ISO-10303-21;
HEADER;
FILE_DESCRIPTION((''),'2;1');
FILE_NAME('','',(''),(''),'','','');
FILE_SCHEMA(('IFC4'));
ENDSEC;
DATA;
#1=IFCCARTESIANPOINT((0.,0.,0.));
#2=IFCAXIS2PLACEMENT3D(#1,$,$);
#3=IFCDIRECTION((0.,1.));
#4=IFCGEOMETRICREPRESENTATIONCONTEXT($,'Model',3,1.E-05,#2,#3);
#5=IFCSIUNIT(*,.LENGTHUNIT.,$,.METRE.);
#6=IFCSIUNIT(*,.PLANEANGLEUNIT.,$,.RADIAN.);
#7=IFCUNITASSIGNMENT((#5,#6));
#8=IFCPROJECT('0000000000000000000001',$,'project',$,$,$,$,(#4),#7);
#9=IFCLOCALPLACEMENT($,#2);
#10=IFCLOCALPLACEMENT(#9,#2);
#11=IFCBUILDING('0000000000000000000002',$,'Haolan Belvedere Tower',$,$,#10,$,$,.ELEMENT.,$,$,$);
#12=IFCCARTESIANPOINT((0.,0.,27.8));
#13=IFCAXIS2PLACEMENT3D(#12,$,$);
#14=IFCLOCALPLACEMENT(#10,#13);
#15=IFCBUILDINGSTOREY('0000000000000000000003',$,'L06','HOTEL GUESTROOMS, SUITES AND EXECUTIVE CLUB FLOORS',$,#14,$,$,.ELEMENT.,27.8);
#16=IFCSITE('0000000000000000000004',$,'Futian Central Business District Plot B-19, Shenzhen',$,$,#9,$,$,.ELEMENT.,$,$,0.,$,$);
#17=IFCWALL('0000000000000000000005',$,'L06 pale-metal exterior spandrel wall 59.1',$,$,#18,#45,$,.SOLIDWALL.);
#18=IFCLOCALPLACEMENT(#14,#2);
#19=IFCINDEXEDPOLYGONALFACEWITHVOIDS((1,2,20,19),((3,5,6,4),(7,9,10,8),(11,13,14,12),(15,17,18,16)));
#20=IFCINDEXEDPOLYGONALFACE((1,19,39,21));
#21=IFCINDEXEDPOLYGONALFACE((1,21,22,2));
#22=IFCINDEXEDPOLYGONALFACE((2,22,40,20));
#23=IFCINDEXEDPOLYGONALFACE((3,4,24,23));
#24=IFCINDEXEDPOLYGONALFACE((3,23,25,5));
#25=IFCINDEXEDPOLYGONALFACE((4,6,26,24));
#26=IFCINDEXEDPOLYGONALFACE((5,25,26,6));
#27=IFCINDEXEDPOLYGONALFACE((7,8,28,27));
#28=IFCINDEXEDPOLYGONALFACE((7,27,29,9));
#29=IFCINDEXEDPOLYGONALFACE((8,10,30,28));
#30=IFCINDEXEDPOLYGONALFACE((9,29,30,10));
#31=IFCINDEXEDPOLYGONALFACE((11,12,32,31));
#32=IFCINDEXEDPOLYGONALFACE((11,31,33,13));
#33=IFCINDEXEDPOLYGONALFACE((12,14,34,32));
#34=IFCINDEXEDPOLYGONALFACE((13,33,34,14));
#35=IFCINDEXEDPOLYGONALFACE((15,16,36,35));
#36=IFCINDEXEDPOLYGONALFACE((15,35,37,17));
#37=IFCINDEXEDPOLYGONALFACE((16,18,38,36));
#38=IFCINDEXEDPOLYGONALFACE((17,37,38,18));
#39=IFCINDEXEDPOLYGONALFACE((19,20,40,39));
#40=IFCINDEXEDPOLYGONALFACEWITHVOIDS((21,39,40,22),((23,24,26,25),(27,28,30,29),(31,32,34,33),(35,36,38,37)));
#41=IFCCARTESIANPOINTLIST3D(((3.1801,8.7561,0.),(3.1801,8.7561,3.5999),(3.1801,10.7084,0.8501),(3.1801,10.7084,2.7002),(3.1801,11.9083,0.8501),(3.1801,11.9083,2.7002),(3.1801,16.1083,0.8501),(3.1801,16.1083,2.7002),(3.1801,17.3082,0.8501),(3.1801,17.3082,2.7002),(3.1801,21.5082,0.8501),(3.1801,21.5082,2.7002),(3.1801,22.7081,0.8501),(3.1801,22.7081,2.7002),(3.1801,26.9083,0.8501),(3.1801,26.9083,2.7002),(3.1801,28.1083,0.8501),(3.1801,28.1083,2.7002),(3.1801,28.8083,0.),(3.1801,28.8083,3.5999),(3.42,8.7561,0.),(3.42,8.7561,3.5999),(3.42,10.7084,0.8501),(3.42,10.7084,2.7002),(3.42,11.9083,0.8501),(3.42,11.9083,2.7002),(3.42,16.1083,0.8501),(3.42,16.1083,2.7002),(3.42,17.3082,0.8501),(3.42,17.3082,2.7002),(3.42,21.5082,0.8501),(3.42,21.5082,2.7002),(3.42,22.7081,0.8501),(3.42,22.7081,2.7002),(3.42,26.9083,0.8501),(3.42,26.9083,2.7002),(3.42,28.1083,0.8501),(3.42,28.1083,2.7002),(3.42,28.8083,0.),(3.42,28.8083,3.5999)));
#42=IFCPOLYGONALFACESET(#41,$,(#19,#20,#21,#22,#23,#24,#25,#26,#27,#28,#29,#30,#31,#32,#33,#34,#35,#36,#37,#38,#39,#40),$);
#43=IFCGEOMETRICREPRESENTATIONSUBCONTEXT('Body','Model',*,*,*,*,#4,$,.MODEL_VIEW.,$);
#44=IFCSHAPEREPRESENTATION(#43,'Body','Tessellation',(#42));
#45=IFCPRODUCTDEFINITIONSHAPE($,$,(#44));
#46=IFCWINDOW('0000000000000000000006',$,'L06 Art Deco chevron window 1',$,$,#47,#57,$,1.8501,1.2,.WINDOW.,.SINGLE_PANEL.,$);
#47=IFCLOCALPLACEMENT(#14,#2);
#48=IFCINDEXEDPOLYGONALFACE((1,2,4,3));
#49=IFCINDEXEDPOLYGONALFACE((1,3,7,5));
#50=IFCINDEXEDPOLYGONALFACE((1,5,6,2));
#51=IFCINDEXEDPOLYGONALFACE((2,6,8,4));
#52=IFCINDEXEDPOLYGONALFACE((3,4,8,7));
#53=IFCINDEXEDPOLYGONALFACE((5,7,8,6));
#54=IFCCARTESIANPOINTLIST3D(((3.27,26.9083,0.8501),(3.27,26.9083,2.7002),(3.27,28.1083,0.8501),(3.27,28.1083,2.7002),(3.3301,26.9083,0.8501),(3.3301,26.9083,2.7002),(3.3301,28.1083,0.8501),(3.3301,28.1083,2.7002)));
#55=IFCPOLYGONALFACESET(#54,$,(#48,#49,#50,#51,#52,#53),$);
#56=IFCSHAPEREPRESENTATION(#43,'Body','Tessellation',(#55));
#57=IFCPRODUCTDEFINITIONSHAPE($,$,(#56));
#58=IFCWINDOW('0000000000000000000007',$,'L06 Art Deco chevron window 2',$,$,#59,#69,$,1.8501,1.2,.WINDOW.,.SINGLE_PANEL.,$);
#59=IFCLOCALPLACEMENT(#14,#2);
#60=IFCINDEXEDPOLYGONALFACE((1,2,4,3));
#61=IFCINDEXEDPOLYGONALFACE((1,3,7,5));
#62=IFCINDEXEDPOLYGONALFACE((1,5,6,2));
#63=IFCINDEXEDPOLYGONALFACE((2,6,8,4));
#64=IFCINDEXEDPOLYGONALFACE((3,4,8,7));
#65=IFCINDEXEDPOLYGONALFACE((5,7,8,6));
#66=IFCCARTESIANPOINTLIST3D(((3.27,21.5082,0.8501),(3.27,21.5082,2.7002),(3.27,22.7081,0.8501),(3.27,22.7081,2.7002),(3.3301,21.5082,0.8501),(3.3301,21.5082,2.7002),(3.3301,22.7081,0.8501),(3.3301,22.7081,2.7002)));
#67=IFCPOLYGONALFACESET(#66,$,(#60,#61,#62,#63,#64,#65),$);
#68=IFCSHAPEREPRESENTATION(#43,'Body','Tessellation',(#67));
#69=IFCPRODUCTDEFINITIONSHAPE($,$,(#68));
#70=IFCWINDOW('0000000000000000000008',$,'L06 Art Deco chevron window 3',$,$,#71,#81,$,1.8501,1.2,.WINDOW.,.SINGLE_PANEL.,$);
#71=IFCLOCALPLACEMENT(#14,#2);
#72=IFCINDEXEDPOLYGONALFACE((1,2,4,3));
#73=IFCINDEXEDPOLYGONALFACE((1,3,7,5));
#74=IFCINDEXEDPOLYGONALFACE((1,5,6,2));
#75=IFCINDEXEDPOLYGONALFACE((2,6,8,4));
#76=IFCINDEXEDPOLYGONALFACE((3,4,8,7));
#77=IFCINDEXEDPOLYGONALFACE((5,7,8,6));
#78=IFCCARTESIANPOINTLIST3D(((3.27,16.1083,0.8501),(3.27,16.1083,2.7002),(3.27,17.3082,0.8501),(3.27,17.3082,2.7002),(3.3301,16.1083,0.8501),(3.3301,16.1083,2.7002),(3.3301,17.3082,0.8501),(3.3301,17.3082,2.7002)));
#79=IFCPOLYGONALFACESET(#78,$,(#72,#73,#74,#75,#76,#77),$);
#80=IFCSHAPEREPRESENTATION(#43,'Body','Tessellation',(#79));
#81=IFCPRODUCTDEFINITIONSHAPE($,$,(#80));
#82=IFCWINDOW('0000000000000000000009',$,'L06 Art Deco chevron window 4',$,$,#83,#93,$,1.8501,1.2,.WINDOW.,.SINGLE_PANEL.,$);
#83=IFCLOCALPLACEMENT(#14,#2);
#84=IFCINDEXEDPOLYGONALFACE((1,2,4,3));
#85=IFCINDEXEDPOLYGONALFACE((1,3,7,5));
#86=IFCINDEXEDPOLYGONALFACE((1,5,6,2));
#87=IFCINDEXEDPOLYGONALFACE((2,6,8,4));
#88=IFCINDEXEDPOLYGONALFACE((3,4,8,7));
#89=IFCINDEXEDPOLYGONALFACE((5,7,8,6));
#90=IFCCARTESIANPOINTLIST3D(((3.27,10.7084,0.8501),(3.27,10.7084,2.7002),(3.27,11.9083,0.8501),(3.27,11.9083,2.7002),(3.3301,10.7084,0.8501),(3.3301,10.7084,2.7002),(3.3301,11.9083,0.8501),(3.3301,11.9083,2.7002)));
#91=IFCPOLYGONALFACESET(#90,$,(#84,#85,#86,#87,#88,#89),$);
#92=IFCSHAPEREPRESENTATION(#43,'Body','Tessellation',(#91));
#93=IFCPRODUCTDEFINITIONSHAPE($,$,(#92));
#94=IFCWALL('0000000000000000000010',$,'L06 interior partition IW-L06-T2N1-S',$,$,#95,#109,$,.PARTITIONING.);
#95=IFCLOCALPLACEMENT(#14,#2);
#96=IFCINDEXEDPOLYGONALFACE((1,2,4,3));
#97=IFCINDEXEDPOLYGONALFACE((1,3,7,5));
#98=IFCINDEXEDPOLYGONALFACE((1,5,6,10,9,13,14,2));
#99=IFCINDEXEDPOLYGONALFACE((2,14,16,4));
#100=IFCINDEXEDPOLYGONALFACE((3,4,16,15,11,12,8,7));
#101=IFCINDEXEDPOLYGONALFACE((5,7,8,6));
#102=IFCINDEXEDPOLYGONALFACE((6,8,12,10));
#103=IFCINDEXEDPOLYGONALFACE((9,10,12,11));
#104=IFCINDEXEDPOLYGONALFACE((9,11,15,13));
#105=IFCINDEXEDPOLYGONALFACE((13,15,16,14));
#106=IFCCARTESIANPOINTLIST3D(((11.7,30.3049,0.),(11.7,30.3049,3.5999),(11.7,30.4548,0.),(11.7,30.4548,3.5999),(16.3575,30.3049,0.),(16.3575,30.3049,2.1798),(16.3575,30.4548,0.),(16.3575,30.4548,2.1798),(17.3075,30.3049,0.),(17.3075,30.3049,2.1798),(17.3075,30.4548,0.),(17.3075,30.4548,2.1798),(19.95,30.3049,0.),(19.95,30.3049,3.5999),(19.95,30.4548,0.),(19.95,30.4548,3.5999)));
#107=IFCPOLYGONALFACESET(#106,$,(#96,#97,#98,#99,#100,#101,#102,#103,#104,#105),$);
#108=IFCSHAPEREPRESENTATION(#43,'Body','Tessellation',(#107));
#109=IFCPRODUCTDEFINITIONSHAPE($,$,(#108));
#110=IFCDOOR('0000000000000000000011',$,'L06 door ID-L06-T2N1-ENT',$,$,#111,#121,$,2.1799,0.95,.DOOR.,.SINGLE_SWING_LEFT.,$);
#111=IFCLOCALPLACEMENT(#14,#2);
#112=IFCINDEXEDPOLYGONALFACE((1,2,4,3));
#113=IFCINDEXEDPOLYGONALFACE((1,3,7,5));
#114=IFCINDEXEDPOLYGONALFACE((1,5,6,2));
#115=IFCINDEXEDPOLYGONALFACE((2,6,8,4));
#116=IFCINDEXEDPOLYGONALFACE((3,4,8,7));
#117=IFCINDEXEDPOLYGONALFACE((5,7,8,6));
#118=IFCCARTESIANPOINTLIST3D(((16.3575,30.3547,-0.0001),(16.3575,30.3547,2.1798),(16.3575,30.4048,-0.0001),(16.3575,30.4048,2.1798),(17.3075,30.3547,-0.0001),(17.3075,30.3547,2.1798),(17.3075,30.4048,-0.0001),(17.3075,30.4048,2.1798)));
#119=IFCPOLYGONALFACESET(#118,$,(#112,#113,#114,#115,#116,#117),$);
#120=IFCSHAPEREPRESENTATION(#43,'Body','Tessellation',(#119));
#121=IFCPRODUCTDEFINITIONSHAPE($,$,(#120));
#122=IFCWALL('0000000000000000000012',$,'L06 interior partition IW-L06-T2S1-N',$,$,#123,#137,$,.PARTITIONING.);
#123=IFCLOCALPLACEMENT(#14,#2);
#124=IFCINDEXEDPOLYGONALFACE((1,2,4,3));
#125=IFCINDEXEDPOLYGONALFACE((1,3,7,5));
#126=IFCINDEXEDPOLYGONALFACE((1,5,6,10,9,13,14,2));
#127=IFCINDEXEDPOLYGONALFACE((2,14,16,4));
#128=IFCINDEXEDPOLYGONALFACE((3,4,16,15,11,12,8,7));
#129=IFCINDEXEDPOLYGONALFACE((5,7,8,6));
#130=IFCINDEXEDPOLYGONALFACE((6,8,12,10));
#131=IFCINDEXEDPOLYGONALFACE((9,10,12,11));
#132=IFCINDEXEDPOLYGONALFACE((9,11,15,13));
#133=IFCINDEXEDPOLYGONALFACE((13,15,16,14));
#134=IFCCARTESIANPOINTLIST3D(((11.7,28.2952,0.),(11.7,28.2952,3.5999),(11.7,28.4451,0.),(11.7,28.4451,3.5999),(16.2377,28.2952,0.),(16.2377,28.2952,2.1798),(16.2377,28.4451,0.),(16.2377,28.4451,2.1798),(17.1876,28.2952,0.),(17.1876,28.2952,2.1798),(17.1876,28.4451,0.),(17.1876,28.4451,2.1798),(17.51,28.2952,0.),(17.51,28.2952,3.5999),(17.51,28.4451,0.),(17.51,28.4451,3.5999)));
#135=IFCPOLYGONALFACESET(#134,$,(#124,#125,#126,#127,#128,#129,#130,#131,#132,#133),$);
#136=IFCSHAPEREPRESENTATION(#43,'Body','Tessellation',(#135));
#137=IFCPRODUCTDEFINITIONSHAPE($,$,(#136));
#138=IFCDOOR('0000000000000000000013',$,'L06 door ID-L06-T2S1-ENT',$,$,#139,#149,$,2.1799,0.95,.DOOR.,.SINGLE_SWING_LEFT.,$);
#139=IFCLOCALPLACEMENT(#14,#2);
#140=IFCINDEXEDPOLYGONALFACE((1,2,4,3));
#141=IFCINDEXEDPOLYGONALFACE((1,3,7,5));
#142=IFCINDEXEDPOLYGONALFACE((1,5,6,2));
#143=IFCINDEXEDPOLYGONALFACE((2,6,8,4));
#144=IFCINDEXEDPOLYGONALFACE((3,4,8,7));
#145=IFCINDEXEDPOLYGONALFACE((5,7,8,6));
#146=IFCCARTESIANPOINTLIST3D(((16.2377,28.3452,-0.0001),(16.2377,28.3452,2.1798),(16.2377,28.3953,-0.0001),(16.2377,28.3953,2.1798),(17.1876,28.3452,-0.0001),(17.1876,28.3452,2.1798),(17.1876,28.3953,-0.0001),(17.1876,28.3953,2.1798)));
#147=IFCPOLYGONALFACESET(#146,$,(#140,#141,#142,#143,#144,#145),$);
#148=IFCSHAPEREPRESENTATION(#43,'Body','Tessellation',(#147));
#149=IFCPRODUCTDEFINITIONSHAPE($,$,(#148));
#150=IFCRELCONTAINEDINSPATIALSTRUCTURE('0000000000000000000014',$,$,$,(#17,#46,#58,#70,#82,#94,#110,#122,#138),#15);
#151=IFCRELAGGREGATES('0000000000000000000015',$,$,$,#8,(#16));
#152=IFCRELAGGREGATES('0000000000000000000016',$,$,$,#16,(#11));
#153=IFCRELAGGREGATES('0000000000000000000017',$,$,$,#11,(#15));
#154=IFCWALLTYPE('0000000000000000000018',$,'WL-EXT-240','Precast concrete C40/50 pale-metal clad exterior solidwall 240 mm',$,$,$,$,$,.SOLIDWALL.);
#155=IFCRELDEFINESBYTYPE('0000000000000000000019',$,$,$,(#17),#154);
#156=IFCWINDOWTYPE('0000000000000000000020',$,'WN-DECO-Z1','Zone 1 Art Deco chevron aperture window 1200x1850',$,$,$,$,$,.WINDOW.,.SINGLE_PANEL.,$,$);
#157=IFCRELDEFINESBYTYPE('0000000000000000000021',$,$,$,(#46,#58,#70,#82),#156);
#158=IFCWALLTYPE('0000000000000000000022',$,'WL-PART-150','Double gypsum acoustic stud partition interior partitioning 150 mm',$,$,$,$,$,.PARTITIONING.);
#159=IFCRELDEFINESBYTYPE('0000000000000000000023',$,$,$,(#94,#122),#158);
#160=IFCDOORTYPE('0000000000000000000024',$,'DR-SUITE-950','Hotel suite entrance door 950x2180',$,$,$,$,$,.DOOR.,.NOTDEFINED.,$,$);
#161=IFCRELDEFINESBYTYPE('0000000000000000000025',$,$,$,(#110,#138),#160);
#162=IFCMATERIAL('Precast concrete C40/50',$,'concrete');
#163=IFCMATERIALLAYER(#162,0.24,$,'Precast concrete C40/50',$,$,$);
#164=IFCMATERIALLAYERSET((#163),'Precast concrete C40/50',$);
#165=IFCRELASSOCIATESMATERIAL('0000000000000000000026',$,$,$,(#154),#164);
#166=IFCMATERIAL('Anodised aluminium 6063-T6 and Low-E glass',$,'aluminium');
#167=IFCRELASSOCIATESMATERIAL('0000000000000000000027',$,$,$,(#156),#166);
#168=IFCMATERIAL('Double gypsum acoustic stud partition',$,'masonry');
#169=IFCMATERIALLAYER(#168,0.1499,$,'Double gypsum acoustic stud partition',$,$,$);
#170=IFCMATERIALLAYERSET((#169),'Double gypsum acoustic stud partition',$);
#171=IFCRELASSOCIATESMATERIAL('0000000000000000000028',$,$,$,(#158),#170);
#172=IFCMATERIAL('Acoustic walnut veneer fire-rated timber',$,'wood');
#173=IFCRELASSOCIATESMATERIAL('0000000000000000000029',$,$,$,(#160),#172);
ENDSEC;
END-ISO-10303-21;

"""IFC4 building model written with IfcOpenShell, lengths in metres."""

from ifc_helpers import new_model, si_unit, direction, frame, frame_2d, origin, place, context, subcontext, project, spatial, rectangle, extrude, material, layer, layer_set, type_object, element, fill, save


model = new_model("IFC4")

# Units and contexts
model_context = context("Model", 3, precision=1e-05, world=origin(), true_north=direction((0.0, 1.0)))
body_context = subcontext(model_context, "Body", "Model", "MODEL_VIEW")
ifc_project = project(units=[si_unit("LENGTHUNIT", "METRE"), si_unit("PLANEANGLEUNIT", "RADIAN")], contexts=[model_context])

# Site, building, storey
site_placement = place(None, origin())
site = spatial("IfcSite", under=ifc_project, at=site_placement, Name="Futian Central Business District Plot B-19, Shenzhen", CompositionType="ELEMENT", RefElevation=0.0)
building_placement = place(site_placement, origin())
building = spatial("IfcBuilding", under=site, at=building_placement, Name="Haolan Belvedere Tower", CompositionType="ELEMENT")
storey_placement = place(building_placement, frame((0.0, 0.0, 27.8)))
storey = spatial("IfcBuildingStorey", under=building, at=storey_placement, Name="L06", Description="HOTEL GUESTROOMS, SUITES AND EXECUTIVE CLUB FLOORS", CompositionType="ELEMENT", Elevation=27.8)

# Wall, openings, windows
ifc_material_1 = material(Name="Precast concrete C40/50", Category="concrete")
ifc_layer_1 = layer(ifc_material_1, 0.24, Name="Precast concrete C40/50")
ifc_layer_set_1 = layer_set([ifc_layer_1], Name="Precast concrete C40/50")
wall_type_1 = type_object("IfcWallType", Name="WL-EXT-240", Description="Precast concrete C40/50 pale-metal clad exterior solidwall 240 mm", PredefinedType="SOLIDWALL", material=ifc_layer_set_1)
wall_1_placement = place(storey_placement, frame((3.3, 28.8083, 0.0), z_axis=(0.0, 0.0, 1.0), x_axis=(0.0, -1.0, 0.0)))
wall_1 = element("IfcWall", 1, at=wall_1_placement, inside=storey, type_object=wall_type_1, Name="L06 pale-metal exterior spandrel wall 59.1", PredefinedType="SOLIDWALL", context=body_context, shape_type="SweptSolid", body=[
    extrude(rectangle(XDim=20.0522, YDim=0.24, at=frame_2d((10.0261, 0.0))), origin(), (0.0, 0.0, 1.0), 3.5999),
])
opening_1_placement = place(wall_1_placement, frame((0.7, 0.0, 0.8501)))
opening_1 = element("IfcOpeningElement", 2, at=opening_1_placement, cuts=wall_1, PredefinedType="OPENING", context=body_context, shape_type="SweptSolid", body=[
    extrude(rectangle(XDim=1.2, YDim=1.8501, at=frame_2d((0.6001, 0.925))), frame((0.0, 0.1299, 0.0), z_axis=(0.0, -1.0, 0.0), x_axis=(1.0, 0.0, 0.0)), (0.0, 0.0, 1.0), 0.26),
])
opening_2_placement = place(wall_1_placement, frame((6.1001, 0.0, 0.8501)))
opening_2 = element("IfcOpeningElement", 3, at=opening_2_placement, cuts=wall_1, PredefinedType="OPENING", context=body_context, shape_type="SweptSolid", body=[
    extrude(rectangle(XDim=1.2, YDim=1.8501, at=frame_2d((0.6001, 0.925))), frame((0.0, 0.1299, 0.0), z_axis=(0.0, -1.0, 0.0), x_axis=(1.0, 0.0, 0.0)), (0.0, 0.0, 1.0), 0.26),
])
opening_3_placement = place(wall_1_placement, frame((11.5, 0.0, 0.8501)))
opening_3 = element("IfcOpeningElement", 4, at=opening_3_placement, cuts=wall_1, PredefinedType="OPENING", context=body_context, shape_type="SweptSolid", body=[
    extrude(rectangle(XDim=1.2, YDim=1.8501, at=frame_2d((0.6001, 0.925))), frame((0.0, 0.1299, 0.0), z_axis=(0.0, -1.0, 0.0), x_axis=(1.0, 0.0, 0.0)), (0.0, 0.0, 1.0), 0.26),
])
opening_4_placement = place(wall_1_placement, frame((16.8999, 0.0, 0.8501)))
opening_4 = element("IfcOpeningElement", 5, at=opening_4_placement, cuts=wall_1, PredefinedType="OPENING", context=body_context, shape_type="SweptSolid", body=[
    extrude(rectangle(XDim=1.2, YDim=1.8501, at=frame_2d((0.6001, 0.925))), frame((0.0, 0.1299, 0.0), z_axis=(0.0, -1.0, 0.0), x_axis=(1.0, 0.0, 0.0)), (0.0, 0.0, 1.0), 0.26),
])
ifc_material_2 = material(Name="Anodised aluminium 6063-T6 and Low-E glass", Category="aluminium")
window_type = type_object("IfcWindowType", Name="WN-DECO-Z1", Description="Zone 1 Art Deco chevron aperture window 1200x1850", PartitioningType="SINGLE_PANEL", PredefinedType="WINDOW", material=ifc_material_2)
window_1_placement = place(opening_1_placement, origin())
window_1 = element("IfcWindow", 6, at=window_1_placement, inside=storey, type_object=window_type, Name="L06 Art Deco chevron window 1", OverallHeight=1.8501, OverallWidth=1.2, PartitioningType="SINGLE_PANEL", PredefinedType="WINDOW", context=body_context, shape_type="SweptSolid", body=[
    extrude(rectangle(XDim=1.2, YDim=1.8501, at=frame_2d((0.6001, 0.925))), frame((0.0, 0.03, 0.0), z_axis=(0.0, -1.0, 0.0), x_axis=(1.0, 0.0, 0.0)), (0.0, 0.0, 1.0), 0.0601),
])
fill(opening_1, window_1)
window_2_placement = place(opening_2_placement, origin())
window_2 = element("IfcWindow", 7, at=window_2_placement, inside=storey, type_object=window_type, Name="L06 Art Deco chevron window 2", OverallHeight=1.8501, OverallWidth=1.2, PartitioningType="SINGLE_PANEL", PredefinedType="WINDOW", context=body_context, shape_type="SweptSolid", body=[
    extrude(rectangle(XDim=1.2, YDim=1.8501, at=frame_2d((0.6001, 0.925))), frame((0.0, 0.03, 0.0), z_axis=(0.0, -1.0, 0.0), x_axis=(1.0, 0.0, 0.0)), (0.0, 0.0, 1.0), 0.0601),
])
fill(opening_2, window_2)
window_3_placement = place(opening_3_placement, origin())
window_3 = element("IfcWindow", 8, at=window_3_placement, inside=storey, type_object=window_type, Name="L06 Art Deco chevron window 3", OverallHeight=1.8501, OverallWidth=1.2, PartitioningType="SINGLE_PANEL", PredefinedType="WINDOW", context=body_context, shape_type="SweptSolid", body=[
    extrude(rectangle(XDim=1.2, YDim=1.8501, at=frame_2d((0.6001, 0.925))), frame((0.0, 0.03, 0.0), z_axis=(0.0, -1.0, 0.0), x_axis=(1.0, 0.0, 0.0)), (0.0, 0.0, 1.0), 0.0601),
])
fill(opening_3, window_3)
window_4_placement = place(opening_4_placement, origin())
window_4 = element("IfcWindow", 9, at=window_4_placement, inside=storey, type_object=window_type, Name="L06 Art Deco chevron window 4", OverallHeight=1.8501, OverallWidth=1.2, PartitioningType="SINGLE_PANEL", PredefinedType="WINDOW", context=body_context, shape_type="SweptSolid", body=[
    extrude(rectangle(XDim=1.2, YDim=1.8501, at=frame_2d((0.6001, 0.925))), frame((0.0, 0.03, 0.0), z_axis=(0.0, -1.0, 0.0), x_axis=(1.0, 0.0, 0.0)), (0.0, 0.0, 1.0), 0.0601),
])
fill(opening_4, window_4)

# Walls, openings, doors
ifc_material_3 = material(Name="Double gypsum acoustic stud partition", Category="masonry")
ifc_layer_2 = layer(ifc_material_3, 0.1499, Name="Double gypsum acoustic stud partition")
ifc_layer_set_2 = layer_set([ifc_layer_2], Name="Double gypsum acoustic stud partition")
wall_type_2 = type_object("IfcWallType", Name="WL-PART-150", Description="Double gypsum acoustic stud partition interior partitioning 150 mm", PredefinedType="PARTITIONING", material=ifc_layer_set_2)
wall_2_placement = place(storey_placement, frame((11.7, 30.3799, 0.0), z_axis=(0.0, 0.0, 1.0), x_axis=(1.0, 0.0, 0.0)))
wall_2 = element("IfcWall", 10, at=wall_2_placement, inside=storey, type_object=wall_type_2, Name="L06 interior partition IW-L06-T2N1-S", PredefinedType="PARTITIONING", context=body_context, shape_type="SweptSolid", body=[
    extrude(rectangle(XDim=8.25, YDim=0.1499, at=frame_2d((4.125, 0.0))), origin(), (0.0, 0.0, 1.0), 3.5999),
])
opening_5_placement = place(wall_2_placement, frame((4.6575, 0.0, 0.0)))
opening_5 = element("IfcOpeningElement", 11, at=opening_5_placement, cuts=wall_2, PredefinedType="OPENING", context=body_context, shape_type="SweptSolid", body=[
    extrude(rectangle(XDim=0.95, YDim=2.1799, at=frame_2d((0.4751, 1.0898))), frame((0.0, 0.085, 0.0), z_axis=(0.0, -1.0, 0.0), x_axis=(1.0, 0.0, 0.0)), (0.0, 0.0, 1.0), 0.1699),
])
ifc_material_4 = material(Name="Acoustic walnut veneer fire-rated timber", Category="wood")
door_type_1 = type_object("IfcDoorType", Name="DR-SUITE-950", Description="Hotel suite entrance door 950x2180", OperationType="NOTDEFINED", PredefinedType="DOOR", material=ifc_material_4)
door_1_placement = place(opening_5_placement, origin())
door_1 = element("IfcDoor", 12, at=door_1_placement, inside=storey, type_object=door_type_1, Name="L06 door ID-L06-T2N1-ENT", OperationType="SINGLE_SWING_LEFT", OverallHeight=2.1799, OverallWidth=0.95, PredefinedType="DOOR", context=body_context, shape_type="SweptSolid", body=[
    extrude(rectangle(XDim=0.95, YDim=2.1799, at=frame_2d((0.4751, 1.0898))), frame((0.0, 0.0249, 0.0), z_axis=(0.0, -1.0, 0.0), x_axis=(1.0, 0.0, 0.0)), (0.0, 0.0, 1.0), 0.05),
])
fill(opening_5, door_1)
wall_3_placement = place(storey_placement, frame((11.7, 28.3701, 0.0), z_axis=(0.0, 0.0, 1.0), x_axis=(1.0, 0.0, 0.0)))
wall_3 = element("IfcWall", 13, at=wall_3_placement, inside=storey, type_object=wall_type_2, Name="L06 interior partition IW-L06-T2S1-N", PredefinedType="PARTITIONING", context=body_context, shape_type="SweptSolid", body=[
    extrude(rectangle(XDim=5.8101, YDim=0.1499, at=frame_2d((2.905, 0.0))), origin(), (0.0, 0.0, 1.0), 3.5999),
])
opening_6_placement = place(wall_3_placement, frame((5.4878, 0.0, 0.0), z_axis=(0.0, 0.0, 1.0), x_axis=(-1.0, 0.0, 0.0)))
opening_6 = element("IfcOpeningElement", 14, at=opening_6_placement, cuts=wall_3, PredefinedType="OPENING", context=body_context, shape_type="SweptSolid", body=[
    extrude(rectangle(XDim=0.95, YDim=2.1799, at=frame_2d((0.4751, 1.0898))), frame((0.0, 0.085, 0.0), z_axis=(0.0, -1.0, 0.0), x_axis=(1.0, 0.0, 0.0)), (0.0, 0.0, 1.0), 0.1699),
])
door_2_placement = place(opening_6_placement, origin())
door_2 = element("IfcDoor", 15, at=door_2_placement, inside=storey, type_object=door_type_1, Name="L06 door ID-L06-T2S1-ENT", OperationType="SINGLE_SWING_LEFT", OverallHeight=2.1799, OverallWidth=0.95, PredefinedType="DOOR", context=body_context, shape_type="SweptSolid", body=[
    extrude(rectangle(XDim=0.95, YDim=2.1799, at=frame_2d((0.4751, 1.0898))), frame((0.0, 0.0249, 0.0), z_axis=(0.0, -1.0, 0.0), x_axis=(1.0, 0.0, 0.0)), (0.0, 0.0, 1.0), 0.05),
])
fill(opening_6, door_2)

save(model, "model.ifc")
